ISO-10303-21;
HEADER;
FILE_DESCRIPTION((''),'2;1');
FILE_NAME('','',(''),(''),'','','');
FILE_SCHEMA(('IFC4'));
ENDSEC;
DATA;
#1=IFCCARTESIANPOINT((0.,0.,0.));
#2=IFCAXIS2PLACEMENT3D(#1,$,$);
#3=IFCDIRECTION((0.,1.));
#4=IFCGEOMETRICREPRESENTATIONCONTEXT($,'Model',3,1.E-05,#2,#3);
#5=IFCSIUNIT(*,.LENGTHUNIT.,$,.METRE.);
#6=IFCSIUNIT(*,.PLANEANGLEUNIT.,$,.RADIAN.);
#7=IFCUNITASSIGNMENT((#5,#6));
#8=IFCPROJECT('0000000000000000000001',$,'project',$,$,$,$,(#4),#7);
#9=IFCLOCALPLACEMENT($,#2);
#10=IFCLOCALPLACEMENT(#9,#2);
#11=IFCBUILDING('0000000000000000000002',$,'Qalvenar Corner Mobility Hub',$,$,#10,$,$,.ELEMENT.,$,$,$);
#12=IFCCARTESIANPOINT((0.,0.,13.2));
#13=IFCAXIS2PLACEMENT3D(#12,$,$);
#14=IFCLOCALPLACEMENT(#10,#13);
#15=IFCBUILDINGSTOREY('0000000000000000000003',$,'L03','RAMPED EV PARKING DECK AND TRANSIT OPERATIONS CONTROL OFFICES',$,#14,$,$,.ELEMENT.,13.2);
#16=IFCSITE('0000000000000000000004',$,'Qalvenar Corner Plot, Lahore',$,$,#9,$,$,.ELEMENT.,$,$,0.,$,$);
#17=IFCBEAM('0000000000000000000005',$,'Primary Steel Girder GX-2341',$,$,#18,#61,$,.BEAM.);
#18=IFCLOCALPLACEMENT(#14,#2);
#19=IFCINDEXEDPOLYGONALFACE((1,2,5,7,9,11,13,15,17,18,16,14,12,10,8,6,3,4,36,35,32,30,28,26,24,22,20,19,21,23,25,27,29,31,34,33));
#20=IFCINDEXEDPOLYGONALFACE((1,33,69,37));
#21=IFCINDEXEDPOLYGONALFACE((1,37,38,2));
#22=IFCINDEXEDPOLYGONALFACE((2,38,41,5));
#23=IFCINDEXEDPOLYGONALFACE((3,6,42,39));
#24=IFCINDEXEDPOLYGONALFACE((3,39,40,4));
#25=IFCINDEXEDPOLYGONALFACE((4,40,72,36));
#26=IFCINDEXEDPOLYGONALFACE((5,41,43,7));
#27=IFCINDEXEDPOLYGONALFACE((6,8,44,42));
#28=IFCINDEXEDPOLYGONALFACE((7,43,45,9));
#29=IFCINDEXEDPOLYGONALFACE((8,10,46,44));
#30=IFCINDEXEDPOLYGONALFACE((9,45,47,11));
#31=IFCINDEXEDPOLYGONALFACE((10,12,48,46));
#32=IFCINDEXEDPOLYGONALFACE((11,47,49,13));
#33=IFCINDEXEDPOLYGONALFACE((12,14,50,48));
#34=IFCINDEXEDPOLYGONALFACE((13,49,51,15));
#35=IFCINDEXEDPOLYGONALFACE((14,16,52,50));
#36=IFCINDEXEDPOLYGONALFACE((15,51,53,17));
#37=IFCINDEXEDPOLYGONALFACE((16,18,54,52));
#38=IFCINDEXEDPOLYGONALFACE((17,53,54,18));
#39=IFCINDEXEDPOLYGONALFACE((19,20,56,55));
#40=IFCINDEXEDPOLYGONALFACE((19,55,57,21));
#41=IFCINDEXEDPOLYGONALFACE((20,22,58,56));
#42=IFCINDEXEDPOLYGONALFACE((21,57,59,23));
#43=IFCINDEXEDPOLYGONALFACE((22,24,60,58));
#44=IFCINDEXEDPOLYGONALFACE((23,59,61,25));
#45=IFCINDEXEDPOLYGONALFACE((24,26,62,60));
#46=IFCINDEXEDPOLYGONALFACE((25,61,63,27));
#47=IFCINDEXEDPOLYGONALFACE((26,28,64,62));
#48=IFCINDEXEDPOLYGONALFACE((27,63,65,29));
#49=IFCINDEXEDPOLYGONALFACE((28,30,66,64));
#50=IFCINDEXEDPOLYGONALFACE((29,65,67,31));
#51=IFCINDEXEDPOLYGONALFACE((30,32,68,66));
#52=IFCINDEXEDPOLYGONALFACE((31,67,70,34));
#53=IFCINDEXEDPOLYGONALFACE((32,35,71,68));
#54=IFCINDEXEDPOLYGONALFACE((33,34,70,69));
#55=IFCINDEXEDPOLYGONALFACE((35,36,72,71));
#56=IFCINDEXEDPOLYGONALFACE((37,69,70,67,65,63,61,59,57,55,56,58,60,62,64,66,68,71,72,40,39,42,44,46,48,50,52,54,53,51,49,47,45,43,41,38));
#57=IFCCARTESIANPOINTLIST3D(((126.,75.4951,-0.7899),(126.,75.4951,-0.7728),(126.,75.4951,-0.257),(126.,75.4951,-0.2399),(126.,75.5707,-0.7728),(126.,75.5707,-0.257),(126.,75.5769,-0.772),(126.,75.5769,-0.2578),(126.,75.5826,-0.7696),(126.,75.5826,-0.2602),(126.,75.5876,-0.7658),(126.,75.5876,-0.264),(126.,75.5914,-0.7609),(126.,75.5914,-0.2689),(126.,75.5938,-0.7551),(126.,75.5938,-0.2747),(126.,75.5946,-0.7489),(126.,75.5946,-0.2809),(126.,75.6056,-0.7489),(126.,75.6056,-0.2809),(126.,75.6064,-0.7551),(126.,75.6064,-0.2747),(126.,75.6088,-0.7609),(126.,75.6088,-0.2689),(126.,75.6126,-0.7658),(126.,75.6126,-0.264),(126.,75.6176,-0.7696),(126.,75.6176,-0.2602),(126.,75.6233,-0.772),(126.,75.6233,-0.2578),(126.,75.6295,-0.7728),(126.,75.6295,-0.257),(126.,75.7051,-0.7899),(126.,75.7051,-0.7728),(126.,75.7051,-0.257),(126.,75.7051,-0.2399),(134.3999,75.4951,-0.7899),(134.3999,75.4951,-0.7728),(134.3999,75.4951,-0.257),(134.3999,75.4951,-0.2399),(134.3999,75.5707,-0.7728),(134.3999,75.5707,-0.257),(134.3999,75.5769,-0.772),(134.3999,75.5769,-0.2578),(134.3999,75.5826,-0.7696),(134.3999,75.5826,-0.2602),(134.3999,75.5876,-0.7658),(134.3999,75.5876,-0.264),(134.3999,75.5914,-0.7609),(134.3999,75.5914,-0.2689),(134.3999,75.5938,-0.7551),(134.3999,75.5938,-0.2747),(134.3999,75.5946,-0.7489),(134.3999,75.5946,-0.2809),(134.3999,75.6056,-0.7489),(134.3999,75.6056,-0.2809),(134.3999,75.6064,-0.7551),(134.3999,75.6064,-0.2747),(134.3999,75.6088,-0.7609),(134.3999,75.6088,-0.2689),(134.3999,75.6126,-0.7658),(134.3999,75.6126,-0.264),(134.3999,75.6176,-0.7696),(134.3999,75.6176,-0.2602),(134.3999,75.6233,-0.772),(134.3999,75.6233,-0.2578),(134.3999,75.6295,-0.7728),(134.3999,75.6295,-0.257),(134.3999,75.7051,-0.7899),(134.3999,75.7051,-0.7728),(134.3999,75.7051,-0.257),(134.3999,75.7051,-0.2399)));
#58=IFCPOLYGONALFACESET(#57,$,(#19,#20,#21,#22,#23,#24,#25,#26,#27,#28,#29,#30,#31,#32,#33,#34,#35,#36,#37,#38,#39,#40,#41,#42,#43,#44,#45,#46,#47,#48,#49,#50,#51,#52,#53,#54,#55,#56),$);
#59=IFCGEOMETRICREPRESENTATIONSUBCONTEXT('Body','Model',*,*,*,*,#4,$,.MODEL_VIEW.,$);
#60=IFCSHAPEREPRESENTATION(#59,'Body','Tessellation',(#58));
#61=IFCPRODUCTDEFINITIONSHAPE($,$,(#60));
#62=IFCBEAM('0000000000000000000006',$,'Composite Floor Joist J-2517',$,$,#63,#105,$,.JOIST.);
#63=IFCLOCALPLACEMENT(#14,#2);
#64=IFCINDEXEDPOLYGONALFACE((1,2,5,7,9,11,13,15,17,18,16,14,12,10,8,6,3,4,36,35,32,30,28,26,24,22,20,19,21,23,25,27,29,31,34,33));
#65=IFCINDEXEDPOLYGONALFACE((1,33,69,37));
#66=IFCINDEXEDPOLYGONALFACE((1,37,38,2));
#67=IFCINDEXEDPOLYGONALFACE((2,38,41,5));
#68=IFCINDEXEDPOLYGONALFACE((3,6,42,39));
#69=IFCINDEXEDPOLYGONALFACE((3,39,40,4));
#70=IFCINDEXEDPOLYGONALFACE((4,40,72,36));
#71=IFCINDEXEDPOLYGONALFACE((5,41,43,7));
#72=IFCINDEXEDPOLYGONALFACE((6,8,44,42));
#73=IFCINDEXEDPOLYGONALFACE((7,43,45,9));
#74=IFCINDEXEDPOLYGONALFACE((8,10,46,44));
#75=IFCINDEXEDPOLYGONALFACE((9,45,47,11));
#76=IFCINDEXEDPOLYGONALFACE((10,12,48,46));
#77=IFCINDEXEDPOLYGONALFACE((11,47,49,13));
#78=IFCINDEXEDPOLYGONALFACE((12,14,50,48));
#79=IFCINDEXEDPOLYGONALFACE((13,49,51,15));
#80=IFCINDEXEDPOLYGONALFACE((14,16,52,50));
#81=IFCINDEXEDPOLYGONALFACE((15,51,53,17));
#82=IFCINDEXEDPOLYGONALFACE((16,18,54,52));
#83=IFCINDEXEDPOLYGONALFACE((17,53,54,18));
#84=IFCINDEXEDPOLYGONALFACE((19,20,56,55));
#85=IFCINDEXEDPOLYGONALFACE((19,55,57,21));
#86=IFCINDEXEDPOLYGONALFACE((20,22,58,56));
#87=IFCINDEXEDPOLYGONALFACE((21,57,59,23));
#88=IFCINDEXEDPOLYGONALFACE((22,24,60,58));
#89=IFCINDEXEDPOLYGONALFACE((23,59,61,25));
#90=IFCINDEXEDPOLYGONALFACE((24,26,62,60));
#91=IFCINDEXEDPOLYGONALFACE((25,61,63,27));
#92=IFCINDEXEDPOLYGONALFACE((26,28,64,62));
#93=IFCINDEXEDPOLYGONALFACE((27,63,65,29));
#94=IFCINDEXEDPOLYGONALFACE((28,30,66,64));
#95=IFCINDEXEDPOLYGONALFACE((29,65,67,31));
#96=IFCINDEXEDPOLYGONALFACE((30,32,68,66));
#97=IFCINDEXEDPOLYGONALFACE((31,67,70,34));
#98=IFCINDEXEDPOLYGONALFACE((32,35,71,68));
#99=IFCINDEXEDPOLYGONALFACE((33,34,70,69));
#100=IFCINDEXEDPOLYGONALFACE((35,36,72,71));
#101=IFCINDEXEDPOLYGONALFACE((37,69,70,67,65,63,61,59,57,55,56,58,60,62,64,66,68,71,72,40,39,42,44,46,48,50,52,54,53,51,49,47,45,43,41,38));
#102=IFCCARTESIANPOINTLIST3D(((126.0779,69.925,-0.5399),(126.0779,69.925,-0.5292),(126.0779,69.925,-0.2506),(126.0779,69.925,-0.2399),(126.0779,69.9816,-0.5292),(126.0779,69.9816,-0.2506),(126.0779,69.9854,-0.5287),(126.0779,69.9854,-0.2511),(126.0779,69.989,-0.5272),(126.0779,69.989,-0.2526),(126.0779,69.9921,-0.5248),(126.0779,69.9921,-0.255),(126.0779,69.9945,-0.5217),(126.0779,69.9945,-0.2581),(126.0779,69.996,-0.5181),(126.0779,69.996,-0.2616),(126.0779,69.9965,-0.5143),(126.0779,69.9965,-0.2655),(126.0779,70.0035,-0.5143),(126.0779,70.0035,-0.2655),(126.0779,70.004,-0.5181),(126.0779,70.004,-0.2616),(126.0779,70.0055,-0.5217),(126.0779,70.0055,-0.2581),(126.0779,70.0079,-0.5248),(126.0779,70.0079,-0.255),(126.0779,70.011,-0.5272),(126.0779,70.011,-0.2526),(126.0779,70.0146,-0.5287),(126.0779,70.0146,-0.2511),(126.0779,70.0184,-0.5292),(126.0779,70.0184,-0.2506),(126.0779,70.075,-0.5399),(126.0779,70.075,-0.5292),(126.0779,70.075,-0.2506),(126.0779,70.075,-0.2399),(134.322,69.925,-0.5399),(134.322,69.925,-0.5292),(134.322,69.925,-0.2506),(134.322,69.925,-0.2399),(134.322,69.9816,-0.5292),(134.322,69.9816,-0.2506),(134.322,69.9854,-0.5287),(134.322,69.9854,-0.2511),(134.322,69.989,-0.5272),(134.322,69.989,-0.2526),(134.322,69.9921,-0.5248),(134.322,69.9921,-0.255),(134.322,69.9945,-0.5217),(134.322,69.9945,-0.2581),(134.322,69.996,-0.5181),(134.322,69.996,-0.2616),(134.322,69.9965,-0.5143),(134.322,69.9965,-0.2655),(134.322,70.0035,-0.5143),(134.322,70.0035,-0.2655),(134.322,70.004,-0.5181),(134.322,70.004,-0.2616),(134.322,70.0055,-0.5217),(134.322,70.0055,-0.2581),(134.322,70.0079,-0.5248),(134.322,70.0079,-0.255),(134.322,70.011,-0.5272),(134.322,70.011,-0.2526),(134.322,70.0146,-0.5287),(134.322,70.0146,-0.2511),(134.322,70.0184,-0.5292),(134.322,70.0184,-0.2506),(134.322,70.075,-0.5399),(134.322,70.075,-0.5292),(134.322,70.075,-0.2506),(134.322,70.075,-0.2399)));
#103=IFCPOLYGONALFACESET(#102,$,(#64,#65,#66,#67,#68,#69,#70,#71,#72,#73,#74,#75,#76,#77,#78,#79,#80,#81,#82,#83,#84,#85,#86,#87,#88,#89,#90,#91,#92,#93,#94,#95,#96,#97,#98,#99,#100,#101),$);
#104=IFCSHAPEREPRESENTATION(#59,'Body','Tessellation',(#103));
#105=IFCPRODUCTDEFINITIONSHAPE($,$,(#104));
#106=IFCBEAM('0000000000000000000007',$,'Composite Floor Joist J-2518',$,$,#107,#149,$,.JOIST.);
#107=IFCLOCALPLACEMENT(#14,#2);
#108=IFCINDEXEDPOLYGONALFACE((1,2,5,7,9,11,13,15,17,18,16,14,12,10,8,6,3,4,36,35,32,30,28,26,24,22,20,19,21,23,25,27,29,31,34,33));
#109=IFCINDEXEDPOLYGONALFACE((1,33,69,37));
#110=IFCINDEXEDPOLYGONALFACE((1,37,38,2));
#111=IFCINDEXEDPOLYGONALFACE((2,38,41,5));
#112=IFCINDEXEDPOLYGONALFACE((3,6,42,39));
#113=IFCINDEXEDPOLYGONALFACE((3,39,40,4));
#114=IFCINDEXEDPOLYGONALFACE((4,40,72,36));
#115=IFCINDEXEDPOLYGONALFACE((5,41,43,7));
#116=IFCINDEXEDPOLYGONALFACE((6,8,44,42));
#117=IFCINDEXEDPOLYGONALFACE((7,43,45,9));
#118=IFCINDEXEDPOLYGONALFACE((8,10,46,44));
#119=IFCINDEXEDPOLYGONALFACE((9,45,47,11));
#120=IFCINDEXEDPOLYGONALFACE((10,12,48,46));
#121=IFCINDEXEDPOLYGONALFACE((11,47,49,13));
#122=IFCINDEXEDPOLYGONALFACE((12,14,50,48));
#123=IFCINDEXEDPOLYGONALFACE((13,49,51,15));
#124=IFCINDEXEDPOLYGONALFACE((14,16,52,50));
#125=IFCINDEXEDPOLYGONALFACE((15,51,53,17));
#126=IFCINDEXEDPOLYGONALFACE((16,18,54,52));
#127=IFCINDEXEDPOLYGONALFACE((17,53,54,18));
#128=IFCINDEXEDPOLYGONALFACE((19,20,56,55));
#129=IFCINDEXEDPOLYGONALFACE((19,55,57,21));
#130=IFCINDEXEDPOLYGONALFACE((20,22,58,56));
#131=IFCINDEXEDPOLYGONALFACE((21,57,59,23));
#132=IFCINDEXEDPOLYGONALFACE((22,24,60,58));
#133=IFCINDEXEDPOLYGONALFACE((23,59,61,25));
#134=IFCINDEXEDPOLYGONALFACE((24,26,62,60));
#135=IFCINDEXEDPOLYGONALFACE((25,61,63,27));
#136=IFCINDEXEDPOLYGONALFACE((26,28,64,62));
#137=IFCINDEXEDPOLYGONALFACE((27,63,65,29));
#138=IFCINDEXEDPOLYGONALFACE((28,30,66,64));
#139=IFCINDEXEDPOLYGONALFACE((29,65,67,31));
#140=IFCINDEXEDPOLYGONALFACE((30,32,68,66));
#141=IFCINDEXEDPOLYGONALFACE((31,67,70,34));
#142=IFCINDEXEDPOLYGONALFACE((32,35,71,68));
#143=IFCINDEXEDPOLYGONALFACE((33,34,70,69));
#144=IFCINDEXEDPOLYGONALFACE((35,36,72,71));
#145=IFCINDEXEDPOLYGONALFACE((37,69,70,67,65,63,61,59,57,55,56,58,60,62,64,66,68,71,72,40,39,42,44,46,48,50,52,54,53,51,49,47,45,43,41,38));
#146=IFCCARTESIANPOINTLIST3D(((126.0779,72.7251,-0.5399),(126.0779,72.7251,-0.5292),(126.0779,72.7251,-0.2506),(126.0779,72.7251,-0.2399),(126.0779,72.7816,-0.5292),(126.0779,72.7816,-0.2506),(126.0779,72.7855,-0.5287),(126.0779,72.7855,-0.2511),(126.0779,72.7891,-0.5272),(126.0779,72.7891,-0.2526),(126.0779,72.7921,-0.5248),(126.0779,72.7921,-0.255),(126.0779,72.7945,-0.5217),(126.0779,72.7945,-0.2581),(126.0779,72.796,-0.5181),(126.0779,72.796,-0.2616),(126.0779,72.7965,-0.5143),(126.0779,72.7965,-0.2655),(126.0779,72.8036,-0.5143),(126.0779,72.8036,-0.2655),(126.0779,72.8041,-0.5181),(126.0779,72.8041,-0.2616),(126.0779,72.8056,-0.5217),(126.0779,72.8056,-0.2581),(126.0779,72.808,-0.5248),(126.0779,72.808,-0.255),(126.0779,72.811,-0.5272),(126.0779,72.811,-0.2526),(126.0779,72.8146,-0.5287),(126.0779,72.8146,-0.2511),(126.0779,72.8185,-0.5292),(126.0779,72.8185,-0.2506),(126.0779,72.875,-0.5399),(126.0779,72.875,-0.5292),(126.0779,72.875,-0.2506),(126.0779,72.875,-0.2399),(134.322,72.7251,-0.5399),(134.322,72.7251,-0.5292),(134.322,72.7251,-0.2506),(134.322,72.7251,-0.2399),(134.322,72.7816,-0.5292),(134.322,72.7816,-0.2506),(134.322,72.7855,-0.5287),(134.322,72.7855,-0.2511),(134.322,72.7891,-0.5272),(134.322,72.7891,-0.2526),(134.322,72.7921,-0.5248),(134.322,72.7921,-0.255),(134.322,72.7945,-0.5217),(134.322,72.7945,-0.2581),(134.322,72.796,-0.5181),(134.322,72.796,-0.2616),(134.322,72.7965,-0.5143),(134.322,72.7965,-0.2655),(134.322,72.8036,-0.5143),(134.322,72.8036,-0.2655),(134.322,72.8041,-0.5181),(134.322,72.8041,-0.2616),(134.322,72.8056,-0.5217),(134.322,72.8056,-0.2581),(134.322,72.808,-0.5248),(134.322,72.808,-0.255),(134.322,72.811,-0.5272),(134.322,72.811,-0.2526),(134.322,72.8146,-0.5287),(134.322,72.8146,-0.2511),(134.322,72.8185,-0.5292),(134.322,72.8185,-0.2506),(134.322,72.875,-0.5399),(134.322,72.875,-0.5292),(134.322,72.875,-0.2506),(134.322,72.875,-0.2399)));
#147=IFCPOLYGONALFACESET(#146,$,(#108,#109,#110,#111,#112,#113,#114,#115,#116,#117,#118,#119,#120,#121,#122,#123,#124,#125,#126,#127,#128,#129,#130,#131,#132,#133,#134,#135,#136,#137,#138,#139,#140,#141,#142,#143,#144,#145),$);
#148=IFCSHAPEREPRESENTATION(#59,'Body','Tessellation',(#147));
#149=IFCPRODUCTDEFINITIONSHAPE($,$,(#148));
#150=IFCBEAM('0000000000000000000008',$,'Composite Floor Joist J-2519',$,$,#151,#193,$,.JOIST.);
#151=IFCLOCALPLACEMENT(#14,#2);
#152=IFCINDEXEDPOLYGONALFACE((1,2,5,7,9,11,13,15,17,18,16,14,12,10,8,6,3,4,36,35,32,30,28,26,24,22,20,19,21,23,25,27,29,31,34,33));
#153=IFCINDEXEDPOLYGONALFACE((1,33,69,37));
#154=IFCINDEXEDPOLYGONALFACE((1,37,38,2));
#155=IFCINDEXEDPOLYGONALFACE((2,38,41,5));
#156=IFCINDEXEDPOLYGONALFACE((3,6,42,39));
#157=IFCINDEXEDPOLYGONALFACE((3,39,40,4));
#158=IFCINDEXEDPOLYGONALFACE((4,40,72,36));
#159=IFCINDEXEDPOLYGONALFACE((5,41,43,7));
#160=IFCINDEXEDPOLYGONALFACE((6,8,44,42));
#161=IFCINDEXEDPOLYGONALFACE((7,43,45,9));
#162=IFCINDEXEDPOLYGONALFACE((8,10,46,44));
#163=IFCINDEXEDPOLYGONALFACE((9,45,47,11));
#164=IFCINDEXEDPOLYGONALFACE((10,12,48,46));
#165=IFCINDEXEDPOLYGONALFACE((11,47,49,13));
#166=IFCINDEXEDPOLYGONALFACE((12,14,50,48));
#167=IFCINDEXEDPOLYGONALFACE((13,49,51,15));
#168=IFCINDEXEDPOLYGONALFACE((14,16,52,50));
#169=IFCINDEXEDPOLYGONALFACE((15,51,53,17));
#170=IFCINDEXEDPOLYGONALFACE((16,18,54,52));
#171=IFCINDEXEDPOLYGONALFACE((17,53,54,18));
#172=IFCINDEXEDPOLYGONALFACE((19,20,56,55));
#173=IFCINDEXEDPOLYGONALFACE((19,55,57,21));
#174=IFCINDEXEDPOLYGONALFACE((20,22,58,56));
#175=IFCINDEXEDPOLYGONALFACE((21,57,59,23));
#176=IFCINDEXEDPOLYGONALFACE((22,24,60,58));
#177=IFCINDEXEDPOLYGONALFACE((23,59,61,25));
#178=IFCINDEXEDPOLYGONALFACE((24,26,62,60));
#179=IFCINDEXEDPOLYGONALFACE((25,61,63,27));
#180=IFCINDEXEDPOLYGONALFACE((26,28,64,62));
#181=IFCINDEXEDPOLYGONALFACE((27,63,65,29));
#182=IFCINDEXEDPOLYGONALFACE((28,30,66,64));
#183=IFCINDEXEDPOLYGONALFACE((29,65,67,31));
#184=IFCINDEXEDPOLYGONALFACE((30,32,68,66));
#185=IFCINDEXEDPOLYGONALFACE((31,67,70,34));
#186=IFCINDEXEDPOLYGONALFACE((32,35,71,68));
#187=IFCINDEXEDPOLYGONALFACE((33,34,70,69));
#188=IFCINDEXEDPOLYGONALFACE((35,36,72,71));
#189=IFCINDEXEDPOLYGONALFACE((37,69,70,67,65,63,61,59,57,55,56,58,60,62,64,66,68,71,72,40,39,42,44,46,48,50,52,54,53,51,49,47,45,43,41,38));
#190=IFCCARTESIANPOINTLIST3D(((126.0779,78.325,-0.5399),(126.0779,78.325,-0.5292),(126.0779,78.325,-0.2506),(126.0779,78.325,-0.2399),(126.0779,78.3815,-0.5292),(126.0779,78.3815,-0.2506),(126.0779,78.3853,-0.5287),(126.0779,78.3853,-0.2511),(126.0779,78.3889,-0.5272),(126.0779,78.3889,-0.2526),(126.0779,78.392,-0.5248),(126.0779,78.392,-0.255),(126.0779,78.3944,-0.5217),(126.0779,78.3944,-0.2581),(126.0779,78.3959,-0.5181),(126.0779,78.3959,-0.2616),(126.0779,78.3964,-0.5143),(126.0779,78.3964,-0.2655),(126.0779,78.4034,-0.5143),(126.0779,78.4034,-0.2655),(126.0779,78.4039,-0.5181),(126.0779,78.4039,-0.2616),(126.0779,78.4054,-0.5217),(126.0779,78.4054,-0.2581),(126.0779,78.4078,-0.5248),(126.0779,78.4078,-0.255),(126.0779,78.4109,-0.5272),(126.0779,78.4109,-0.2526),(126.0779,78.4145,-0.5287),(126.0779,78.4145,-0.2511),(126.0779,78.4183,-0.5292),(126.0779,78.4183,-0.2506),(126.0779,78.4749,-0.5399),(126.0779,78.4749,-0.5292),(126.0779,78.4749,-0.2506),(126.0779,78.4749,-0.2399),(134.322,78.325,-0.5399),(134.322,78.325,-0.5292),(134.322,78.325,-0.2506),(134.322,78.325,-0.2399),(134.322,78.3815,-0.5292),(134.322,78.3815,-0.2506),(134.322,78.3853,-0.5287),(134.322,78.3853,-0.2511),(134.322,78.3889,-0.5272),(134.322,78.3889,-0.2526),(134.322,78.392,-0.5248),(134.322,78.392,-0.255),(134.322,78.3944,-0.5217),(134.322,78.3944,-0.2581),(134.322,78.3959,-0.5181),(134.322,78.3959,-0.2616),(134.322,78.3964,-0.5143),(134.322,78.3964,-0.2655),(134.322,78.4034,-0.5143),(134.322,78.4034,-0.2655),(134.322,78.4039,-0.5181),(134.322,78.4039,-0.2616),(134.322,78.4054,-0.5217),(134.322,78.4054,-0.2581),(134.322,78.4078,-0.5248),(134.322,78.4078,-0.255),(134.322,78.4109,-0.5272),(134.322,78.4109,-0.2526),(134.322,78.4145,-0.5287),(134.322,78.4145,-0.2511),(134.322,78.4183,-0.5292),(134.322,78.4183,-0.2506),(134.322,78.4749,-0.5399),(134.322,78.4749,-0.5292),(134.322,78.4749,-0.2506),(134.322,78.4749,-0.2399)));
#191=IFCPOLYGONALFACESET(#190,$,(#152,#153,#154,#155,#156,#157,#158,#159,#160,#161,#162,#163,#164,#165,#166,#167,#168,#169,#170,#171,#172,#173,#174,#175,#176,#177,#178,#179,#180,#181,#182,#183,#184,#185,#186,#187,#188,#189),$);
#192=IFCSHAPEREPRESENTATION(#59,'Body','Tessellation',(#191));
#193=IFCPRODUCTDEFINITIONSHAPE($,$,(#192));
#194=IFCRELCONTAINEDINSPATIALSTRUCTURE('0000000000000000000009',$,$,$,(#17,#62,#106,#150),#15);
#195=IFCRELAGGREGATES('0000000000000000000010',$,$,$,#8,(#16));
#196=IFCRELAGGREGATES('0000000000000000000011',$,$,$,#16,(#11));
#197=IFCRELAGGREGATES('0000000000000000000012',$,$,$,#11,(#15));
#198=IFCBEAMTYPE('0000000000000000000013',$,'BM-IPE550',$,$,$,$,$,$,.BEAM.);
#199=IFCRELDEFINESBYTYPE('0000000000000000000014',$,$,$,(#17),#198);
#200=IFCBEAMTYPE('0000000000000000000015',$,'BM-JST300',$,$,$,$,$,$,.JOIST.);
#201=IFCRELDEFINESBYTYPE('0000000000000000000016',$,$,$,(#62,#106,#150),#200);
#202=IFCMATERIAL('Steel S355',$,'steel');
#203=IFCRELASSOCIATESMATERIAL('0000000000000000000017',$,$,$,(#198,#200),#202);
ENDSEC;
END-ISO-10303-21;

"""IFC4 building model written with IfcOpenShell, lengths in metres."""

from ifc_helpers import new_model, si_unit, direction, frame, origin, origin_2d, place, context, subcontext, project, spatial, i_section, extrude, material, material_profile, profile_set, type_object, element, save


model = new_model("IFC4")

# Units and contexts
model_context = context("Model", 3, precision=1e-05, world=origin(), true_north=direction((0.0, 1.0)))
body_context = subcontext(model_context, "Body", "Model", "MODEL_VIEW")
ifc_project = project(units=[si_unit("LENGTHUNIT", "METRE"), si_unit("PLANEANGLEUNIT", "RADIAN")], contexts=[model_context])

# Site, building, storey
site_placement = place(None, origin())
site = spatial("IfcSite", under=ifc_project, at=site_placement, Name="Qalvenar Corner Plot, Lahore", CompositionType="ELEMENT", RefElevation=0.0)
building_placement = place(site_placement, origin())
building = spatial("IfcBuilding", under=site, at=building_placement, Name="Qalvenar Corner Mobility Hub", CompositionType="ELEMENT")
storey_placement = place(building_placement, frame((0.0, 0.0, 13.2)))
storey = spatial("IfcBuildingStorey", under=building, at=storey_placement, Name="L03", Description="RAMPED EV PARKING DECK AND TRANSIT OPERATIONS CONTROL OFFICES", CompositionType="ELEMENT", Elevation=13.2)

# Shared definitions
ifc_material = material(Name="Steel S355", Category="steel")

# Beams
ifc_material_profile_1 = material_profile(ifc_material, i_section(OverallWidth=0.21, OverallDepth=0.55, WebThickness=0.011, FlangeThickness=0.0171, FilletRadius=0.0239, at=origin_2d()), Name="IPE550")
ifc_profile_set_1 = profile_set([ifc_material_profile_1], Name="Steel S355")
beam_type_1 = type_object("IfcBeamType", Name="BM-IPE550", PredefinedType="BEAM", material=ifc_profile_set_1)
beam_1_placement = place(storey_placement, frame((126.0, 75.6001, -0.5149), z_axis=(1.0, 0.0, 0.0), x_axis=(0.0, 1.0, 0.0)))
element("IfcBeam", 1, at=beam_1_placement, inside=storey, type_object=beam_type_1, Name="Primary Steel Girder GX-2341", PredefinedType="BEAM", context=body_context, shape_type="SweptSolid", body=[
    extrude(i_section(OverallWidth=0.21, OverallDepth=0.55, WebThickness=0.011, FlangeThickness=0.0171, FilletRadius=0.0239, at=origin_2d()), origin(), (0.0, 0.0, 1.0), 8.3999),
])
ifc_material_profile_2 = material_profile(ifc_material, i_section(OverallWidth=0.1499, OverallDepth=0.3, WebThickness=0.0071, FlangeThickness=0.0107, FilletRadius=0.0149, at=origin_2d()), Name="IPE300")
ifc_profile_set_2 = profile_set([ifc_material_profile_2], Name="Steel S355")
beam_type_2 = type_object("IfcBeamType", Name="BM-JST300", PredefinedType="JOIST", material=ifc_profile_set_2)
for number, where, z_axis, x_axis, name in (
    (2, (126.0779, 70.0, -0.3899), (1.0, 0.0, 0.0), (0.0, 1.0, 0.0), "Composite Floor Joist J-2517"),
    (3, (126.0779, 72.8, -0.3899), (1.0, 0.0, 0.0), (0.0, 1.0, 0.0), "Composite Floor Joist J-2518"),
    (4, (126.0779, 78.3999, -0.3899), (1.0, 0.0, 0.0), (0.0, 1.0, 0.0), "Composite Floor Joist J-2519"),
):
    element("IfcBeam", number, at=place(storey_placement, frame(where, z_axis=z_axis, x_axis=x_axis)), inside=storey, type_object=beam_type_2, Name=name, PredefinedType="JOIST", context=body_context, shape_type="SweptSolid", body=[
        extrude(i_section(OverallWidth=0.1499, OverallDepth=0.3, WebThickness=0.0071, FlangeThickness=0.0107, FilletRadius=0.0149, at=origin_2d()), origin(), (0.0, 0.0, 1.0), 8.2441),
    ])

save(model, "model.ifc")
